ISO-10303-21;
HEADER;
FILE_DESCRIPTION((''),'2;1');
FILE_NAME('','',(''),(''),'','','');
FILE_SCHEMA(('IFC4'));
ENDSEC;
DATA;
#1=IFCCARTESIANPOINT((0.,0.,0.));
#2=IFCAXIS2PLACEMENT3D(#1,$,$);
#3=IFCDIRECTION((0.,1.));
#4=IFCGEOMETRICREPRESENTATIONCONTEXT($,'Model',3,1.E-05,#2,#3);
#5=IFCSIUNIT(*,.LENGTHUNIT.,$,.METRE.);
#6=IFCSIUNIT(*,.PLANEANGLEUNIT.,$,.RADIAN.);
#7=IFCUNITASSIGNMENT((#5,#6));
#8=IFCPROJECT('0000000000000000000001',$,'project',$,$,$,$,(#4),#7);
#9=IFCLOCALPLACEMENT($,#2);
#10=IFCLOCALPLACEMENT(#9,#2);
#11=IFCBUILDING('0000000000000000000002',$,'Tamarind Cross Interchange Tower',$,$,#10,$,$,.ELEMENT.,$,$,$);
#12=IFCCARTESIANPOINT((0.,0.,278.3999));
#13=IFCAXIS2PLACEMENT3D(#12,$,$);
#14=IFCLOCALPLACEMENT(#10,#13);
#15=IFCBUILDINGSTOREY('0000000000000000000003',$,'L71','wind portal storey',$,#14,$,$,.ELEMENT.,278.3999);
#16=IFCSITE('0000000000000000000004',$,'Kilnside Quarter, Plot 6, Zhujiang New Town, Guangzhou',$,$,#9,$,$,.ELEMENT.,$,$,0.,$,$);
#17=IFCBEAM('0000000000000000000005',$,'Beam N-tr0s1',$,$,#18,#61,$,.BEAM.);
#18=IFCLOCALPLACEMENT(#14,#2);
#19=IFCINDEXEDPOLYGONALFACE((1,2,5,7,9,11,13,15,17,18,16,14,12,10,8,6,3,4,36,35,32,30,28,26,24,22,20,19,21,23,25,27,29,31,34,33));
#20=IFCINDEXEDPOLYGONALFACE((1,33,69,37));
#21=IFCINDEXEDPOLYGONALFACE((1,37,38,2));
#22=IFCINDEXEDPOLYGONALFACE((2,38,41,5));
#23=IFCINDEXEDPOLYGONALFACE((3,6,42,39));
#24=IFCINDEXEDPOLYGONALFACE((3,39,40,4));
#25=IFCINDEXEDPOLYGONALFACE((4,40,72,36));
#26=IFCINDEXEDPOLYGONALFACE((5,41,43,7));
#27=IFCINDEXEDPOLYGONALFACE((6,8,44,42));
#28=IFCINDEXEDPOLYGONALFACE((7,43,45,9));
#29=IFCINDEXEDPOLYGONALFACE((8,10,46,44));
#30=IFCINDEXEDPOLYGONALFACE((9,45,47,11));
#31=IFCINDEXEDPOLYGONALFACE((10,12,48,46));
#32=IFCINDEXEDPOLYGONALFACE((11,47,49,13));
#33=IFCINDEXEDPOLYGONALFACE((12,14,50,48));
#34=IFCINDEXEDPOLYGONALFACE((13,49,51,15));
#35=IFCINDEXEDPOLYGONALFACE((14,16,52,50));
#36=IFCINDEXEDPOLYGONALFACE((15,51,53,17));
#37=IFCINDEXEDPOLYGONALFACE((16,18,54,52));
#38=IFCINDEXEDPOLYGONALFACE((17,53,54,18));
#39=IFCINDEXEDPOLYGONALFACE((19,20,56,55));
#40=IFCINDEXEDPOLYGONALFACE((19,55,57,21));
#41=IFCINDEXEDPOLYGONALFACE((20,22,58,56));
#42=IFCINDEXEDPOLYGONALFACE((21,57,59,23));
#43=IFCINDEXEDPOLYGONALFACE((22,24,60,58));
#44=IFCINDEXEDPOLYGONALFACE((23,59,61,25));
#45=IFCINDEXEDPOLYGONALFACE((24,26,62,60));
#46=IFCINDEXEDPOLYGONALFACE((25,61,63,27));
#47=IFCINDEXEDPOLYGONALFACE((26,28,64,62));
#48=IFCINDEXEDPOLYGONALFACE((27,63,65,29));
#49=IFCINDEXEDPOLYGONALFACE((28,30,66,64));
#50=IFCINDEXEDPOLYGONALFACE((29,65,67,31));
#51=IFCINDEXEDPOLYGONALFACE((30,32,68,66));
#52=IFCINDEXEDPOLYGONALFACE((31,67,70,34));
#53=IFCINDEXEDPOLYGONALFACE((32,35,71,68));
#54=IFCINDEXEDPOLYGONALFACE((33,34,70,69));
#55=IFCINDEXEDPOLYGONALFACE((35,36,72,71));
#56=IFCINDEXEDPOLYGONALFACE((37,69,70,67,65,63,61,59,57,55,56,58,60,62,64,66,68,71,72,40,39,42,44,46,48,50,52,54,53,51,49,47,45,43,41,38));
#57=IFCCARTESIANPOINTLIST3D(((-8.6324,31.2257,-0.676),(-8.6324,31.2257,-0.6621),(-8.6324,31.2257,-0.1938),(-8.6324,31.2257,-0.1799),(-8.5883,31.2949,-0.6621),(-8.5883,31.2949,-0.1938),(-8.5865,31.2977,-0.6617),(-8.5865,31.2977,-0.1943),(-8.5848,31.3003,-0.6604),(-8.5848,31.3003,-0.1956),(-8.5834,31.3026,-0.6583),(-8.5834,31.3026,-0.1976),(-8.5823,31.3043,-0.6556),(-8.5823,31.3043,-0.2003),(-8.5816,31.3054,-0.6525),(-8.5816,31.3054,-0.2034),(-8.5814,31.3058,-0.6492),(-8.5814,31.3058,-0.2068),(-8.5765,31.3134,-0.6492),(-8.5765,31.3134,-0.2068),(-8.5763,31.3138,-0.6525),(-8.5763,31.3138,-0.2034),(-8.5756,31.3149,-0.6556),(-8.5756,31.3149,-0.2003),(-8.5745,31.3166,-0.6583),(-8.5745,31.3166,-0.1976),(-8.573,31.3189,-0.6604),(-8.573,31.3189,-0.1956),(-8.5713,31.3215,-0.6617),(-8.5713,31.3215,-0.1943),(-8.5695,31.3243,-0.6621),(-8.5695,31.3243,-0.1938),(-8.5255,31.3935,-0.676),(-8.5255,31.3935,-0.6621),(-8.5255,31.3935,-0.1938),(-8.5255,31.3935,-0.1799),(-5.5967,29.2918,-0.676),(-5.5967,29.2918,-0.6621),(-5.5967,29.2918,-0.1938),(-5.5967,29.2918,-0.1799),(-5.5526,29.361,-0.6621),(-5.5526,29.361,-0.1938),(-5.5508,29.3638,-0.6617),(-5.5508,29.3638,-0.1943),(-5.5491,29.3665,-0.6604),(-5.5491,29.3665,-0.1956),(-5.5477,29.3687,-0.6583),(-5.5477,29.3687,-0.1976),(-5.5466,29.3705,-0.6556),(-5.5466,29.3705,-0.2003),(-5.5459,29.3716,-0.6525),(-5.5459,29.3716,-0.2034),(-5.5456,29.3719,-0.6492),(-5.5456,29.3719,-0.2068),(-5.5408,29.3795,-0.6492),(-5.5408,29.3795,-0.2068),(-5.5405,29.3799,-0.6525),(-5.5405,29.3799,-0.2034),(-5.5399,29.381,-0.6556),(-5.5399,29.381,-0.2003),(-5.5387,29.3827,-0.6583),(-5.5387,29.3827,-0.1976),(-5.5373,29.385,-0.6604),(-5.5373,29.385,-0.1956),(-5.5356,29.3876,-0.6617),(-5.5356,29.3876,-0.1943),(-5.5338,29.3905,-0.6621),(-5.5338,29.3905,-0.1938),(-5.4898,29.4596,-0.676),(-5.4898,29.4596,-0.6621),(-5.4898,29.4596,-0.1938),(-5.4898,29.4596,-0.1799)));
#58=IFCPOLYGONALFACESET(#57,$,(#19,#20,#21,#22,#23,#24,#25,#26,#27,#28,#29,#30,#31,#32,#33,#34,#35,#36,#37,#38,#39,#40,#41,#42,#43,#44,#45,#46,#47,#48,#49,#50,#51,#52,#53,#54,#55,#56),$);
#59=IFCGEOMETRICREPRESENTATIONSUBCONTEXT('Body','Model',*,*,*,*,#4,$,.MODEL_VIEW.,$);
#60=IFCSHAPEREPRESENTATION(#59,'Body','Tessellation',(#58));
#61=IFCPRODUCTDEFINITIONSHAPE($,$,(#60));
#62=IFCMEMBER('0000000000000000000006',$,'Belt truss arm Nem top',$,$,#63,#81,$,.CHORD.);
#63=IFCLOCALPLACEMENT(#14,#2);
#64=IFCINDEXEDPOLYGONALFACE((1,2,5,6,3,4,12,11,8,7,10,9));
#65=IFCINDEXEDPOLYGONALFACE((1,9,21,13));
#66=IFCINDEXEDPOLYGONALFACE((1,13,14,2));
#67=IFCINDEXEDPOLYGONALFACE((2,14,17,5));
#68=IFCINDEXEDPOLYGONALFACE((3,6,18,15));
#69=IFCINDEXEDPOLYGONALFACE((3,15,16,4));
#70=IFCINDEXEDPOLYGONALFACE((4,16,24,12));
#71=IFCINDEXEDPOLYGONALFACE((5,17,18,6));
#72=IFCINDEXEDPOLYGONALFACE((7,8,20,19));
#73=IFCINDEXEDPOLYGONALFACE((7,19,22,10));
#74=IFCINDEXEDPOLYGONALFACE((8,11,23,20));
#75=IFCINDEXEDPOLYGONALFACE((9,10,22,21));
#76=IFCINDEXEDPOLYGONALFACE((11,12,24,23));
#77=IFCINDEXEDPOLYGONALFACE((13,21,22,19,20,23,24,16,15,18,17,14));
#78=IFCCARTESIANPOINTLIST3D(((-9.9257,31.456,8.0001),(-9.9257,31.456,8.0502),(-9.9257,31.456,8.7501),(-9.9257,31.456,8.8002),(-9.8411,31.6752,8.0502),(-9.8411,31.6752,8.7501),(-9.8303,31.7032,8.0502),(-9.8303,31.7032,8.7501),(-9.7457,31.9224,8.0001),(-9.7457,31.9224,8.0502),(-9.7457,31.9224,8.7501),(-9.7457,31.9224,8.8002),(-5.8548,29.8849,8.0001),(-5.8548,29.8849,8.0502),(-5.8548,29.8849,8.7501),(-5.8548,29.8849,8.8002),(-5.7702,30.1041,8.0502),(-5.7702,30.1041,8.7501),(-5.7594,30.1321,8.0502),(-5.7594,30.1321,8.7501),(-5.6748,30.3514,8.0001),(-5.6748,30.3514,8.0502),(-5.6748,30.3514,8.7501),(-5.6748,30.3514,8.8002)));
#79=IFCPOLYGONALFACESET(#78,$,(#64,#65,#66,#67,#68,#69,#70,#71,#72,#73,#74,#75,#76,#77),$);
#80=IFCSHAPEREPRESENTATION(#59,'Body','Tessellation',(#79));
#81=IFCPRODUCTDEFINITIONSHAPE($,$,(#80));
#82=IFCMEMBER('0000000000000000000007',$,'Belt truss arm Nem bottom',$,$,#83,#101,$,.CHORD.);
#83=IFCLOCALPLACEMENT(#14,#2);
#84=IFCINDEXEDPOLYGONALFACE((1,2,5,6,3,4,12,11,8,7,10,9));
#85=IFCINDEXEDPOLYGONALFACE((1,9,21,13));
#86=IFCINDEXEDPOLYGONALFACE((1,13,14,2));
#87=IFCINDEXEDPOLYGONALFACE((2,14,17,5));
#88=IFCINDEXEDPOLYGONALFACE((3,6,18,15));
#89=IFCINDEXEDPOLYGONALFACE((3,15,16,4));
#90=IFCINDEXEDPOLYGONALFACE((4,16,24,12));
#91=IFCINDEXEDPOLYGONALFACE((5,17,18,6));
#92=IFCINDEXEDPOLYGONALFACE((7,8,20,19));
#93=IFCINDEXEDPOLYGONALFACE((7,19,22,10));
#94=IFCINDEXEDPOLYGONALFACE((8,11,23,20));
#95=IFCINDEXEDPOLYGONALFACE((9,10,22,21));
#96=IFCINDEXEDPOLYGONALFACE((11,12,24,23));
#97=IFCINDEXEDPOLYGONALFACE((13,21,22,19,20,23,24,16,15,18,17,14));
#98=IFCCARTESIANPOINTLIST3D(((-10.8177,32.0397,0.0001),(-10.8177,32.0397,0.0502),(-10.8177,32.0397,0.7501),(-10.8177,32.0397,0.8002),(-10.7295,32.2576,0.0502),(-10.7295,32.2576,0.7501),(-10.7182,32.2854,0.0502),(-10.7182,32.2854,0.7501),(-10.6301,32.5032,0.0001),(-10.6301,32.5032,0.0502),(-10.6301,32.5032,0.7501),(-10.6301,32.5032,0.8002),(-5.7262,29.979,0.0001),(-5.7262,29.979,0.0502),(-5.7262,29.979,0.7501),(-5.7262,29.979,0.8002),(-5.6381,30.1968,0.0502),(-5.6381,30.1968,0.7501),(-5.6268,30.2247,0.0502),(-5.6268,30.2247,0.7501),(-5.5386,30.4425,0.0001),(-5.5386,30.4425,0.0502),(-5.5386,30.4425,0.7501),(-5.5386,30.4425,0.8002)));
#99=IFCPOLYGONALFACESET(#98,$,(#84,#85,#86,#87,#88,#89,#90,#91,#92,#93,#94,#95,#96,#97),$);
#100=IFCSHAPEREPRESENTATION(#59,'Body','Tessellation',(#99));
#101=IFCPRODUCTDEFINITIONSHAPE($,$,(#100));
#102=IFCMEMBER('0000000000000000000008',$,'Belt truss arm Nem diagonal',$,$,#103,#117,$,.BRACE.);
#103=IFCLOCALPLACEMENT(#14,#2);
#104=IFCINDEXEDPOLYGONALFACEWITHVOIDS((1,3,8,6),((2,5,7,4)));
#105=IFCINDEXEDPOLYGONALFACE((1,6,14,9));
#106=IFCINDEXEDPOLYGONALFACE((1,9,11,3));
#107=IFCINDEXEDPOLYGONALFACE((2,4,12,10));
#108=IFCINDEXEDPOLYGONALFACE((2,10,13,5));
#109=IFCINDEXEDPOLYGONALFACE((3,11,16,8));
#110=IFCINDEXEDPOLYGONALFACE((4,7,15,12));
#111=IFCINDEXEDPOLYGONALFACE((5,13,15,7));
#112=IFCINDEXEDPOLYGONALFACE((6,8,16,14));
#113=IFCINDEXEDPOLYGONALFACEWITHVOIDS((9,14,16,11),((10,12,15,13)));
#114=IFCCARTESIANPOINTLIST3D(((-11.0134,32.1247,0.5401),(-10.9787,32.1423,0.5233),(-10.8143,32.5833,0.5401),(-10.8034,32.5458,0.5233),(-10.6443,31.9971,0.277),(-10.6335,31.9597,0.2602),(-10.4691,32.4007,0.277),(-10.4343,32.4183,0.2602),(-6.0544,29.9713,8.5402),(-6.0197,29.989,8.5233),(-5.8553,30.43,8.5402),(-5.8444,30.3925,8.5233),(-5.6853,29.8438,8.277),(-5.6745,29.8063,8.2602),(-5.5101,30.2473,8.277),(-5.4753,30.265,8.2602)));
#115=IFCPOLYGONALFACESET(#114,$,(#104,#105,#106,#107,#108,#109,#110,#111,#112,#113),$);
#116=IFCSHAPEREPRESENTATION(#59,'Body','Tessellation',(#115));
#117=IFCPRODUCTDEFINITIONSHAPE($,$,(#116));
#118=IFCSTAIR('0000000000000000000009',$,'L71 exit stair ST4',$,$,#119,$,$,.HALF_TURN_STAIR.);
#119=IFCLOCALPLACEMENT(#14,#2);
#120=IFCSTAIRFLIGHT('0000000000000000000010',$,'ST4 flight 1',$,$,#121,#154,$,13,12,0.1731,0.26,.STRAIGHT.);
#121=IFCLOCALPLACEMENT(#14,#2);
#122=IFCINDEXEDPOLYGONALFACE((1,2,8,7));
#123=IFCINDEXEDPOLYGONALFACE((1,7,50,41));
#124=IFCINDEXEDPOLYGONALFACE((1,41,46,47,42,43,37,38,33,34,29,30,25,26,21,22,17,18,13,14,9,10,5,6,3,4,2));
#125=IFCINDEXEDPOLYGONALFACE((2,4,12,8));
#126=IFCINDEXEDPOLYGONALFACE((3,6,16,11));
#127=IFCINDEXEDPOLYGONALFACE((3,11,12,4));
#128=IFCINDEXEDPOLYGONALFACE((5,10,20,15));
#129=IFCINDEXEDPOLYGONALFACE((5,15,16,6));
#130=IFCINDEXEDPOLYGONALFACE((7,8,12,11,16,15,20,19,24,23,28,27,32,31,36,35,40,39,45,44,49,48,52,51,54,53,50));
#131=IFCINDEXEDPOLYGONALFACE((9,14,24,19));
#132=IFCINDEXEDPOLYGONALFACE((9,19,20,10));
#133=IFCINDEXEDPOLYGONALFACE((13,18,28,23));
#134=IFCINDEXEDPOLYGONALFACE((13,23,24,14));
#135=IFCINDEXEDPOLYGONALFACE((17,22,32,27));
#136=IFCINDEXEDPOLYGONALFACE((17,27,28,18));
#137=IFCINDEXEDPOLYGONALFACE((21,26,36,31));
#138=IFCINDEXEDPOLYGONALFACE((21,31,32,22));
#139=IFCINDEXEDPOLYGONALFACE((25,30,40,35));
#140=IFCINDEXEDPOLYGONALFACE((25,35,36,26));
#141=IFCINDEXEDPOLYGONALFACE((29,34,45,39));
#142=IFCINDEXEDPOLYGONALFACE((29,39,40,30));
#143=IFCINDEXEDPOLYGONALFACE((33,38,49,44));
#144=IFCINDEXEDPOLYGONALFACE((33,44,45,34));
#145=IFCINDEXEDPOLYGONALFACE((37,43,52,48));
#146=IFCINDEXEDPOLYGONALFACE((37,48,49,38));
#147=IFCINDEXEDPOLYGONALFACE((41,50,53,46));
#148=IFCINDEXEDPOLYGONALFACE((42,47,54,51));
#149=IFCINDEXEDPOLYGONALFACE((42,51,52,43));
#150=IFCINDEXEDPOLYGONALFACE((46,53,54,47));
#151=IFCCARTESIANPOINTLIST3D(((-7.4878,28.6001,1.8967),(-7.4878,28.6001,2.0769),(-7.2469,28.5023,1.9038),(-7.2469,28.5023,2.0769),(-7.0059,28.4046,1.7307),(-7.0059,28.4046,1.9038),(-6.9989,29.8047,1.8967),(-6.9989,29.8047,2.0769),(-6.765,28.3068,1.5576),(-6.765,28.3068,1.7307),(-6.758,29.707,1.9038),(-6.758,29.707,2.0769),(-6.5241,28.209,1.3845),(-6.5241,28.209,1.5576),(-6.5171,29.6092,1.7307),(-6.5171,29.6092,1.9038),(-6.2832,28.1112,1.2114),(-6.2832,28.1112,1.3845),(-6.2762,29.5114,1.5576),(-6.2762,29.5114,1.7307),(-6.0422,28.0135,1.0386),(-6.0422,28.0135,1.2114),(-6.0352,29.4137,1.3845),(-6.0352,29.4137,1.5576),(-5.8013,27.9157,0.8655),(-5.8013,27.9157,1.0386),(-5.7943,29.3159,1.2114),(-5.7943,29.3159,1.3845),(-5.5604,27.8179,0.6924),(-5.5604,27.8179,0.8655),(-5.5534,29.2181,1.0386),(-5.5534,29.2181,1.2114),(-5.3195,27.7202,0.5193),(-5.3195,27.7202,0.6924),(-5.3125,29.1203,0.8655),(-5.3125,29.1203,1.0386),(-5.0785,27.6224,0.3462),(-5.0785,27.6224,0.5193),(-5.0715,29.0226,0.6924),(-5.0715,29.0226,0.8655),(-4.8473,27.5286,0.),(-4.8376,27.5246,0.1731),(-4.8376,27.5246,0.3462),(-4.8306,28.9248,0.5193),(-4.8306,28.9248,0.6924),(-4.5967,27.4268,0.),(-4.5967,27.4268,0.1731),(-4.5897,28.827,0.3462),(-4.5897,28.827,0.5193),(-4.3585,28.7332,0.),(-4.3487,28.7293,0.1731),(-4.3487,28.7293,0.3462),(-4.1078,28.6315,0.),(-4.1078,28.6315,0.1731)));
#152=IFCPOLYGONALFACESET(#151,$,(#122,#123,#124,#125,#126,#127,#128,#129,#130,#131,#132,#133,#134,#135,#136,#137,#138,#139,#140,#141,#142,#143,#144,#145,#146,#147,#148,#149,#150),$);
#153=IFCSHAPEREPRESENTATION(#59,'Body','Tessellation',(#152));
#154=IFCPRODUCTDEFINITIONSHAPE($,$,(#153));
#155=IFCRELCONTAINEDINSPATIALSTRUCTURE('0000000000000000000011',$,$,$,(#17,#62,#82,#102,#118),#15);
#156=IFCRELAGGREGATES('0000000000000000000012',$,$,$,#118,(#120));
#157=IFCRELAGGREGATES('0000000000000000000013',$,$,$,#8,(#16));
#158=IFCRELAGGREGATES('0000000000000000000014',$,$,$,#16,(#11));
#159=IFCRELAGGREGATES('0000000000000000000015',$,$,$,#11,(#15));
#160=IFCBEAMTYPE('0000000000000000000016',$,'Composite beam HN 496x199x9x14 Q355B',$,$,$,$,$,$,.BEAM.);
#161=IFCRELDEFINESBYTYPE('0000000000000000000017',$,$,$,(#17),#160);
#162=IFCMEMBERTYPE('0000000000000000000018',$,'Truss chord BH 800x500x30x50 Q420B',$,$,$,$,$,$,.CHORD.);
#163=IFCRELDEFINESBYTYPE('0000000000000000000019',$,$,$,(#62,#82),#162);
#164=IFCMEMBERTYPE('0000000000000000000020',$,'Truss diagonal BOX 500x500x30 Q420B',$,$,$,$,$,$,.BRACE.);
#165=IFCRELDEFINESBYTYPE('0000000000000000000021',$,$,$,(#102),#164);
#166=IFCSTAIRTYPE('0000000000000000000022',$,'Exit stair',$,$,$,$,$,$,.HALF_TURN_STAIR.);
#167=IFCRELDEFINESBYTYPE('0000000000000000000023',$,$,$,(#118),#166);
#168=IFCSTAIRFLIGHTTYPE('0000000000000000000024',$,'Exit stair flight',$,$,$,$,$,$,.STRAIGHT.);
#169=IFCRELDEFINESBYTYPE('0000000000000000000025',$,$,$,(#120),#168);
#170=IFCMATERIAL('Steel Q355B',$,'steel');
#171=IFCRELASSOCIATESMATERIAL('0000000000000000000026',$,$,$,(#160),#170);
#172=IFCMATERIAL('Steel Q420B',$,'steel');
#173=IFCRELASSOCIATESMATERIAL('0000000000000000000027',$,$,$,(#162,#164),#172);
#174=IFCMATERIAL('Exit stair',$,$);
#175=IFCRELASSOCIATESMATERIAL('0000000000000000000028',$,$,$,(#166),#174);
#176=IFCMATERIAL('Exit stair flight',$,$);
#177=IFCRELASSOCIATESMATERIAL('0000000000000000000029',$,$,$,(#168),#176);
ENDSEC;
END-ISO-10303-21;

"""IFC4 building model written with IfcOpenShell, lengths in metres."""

from ifc_helpers import new_model, si_unit, direction, frame, origin, origin_2d, place, context, subcontext, project, spatial, polyline, hollow_rectangle, i_section, outline, extrude, material, material_profile, profile_set, type_object, element, aggregate, save


model = new_model("IFC4")

# Units and contexts
model_context = context("Model", 3, precision=1e-05, world=origin(), true_north=direction((0.0, 1.0)))
body_context = subcontext(model_context, "Body", "Model", "MODEL_VIEW")
ifc_project = project(units=[si_unit("LENGTHUNIT", "METRE"), si_unit("PLANEANGLEUNIT", "RADIAN")], contexts=[model_context])

# Site, building, storey
site_placement = place(None, origin())
site = spatial("IfcSite", under=ifc_project, at=site_placement, Name="Kilnside Quarter, Plot 6, Zhujiang New Town, Guangzhou", CompositionType="ELEMENT", RefElevation=0.0)
building_placement = place(site_placement, origin())
building = spatial("IfcBuilding", under=site, at=building_placement, Name="Tamarind Cross Interchange Tower", CompositionType="ELEMENT")
storey_placement = place(building_placement, frame((0.0, 0.0, 278.3999)))
storey = spatial("IfcBuildingStorey", under=building, at=storey_placement, Name="L71", Description="wind portal storey", CompositionType="ELEMENT", Elevation=278.3999)

# Beam
ifc_material_1 = material(Name="Steel Q355B", Category="steel")
ifc_material_profile_1 = material_profile(ifc_material_1, i_section(OverallWidth=0.199, OverallDepth=0.4961, WebThickness=0.009, FlangeThickness=0.0139, FilletRadius=0.0129, at=origin_2d()), Name="HN 496x199x9x14")
ifc_profile_set_1 = profile_set([ifc_material_profile_1], Name="Steel Q355B")
beam_type_1 = type_object("IfcBeamType", Name="Composite beam HN 496x199x9x14 Q355B", PredefinedType="BEAM", material=ifc_profile_set_1)
beam_1_placement = place(storey_placement, frame((-5.5432, 29.3757, -0.428), z_axis=(-0.843402, 0.537284, 0.0), x_axis=(-0.537284, -0.843402, 0.0)))
element("IfcBeam", 1, at=beam_1_placement, inside=storey, type_object=beam_type_1, Name="Beam N-tr0s1", PredefinedType="BEAM", context=body_context, shape_type="SweptSolid", body=[
    extrude(i_section(OverallWidth=0.199, OverallDepth=0.4961, WebThickness=0.009, FlangeThickness=0.0139, FilletRadius=0.0129, at=origin_2d()), origin(), (0.0, 0.0, 1.0), 3.5994),
])

# Members
ifc_material_2 = material(Name="Steel Q420B", Category="steel")
ifc_material_profile_2 = material_profile(ifc_material_2, i_section(OverallWidth=0.5, OverallDepth=0.8, WebThickness=0.03, FlangeThickness=0.05, at=origin_2d()), Name="BH 800x500x30x50")
ifc_profile_set_2 = profile_set([ifc_material_profile_2], Name="Steel Q420B")
member_type_1 = type_object("IfcMemberType", Name="Truss chord BH 800x500x30x50 Q420B", PredefinedType="CHORD", material=ifc_profile_set_2)
member_1_placement = place(storey_placement, frame((-9.8357, 31.6892, 8.4001), z_axis=(0.932934, -0.360047, 0.0), x_axis=(0.360047, 0.932934, 0.0)))
element("IfcMember", 2, at=member_1_placement, inside=storey, type_object=member_type_1, Name="Belt truss arm Nem top", PredefinedType="CHORD", context=body_context, shape_type="SweptSolid", body=[
    extrude(i_section(OverallWidth=0.5, OverallDepth=0.8, WebThickness=0.03, FlangeThickness=0.05, at=origin_2d()), origin(), (0.0, 0.0, 1.0), 4.3635),
])
member_2_placement = place(storey_placement, frame((-10.7239, 32.2715, 0.4001), z_axis=(0.926952, -0.375181, 0.0), x_axis=(0.375181, 0.926952, 0.0)))
element("IfcMember", 3, at=member_2_placement, inside=storey, type_object=member_type_1, Name="Belt truss arm Nem bottom", PredefinedType="CHORD", context=body_context, shape_type="SweptSolid", body=[
    extrude(i_section(OverallWidth=0.5, OverallDepth=0.8, WebThickness=0.03, FlangeThickness=0.05, at=origin_2d()), origin(), (0.0, 0.0, 1.0), 5.4927),
])
ifc_material_profile_3 = material_profile(ifc_material_2, hollow_rectangle(XDim=0.5, YDim=0.5, WallThickness=0.03, at=origin_2d()), Name="BOX 500x500x30")
ifc_profile_set_3 = profile_set([ifc_material_profile_3], Name="Steel Q420B")
member_type_2 = type_object("IfcMemberType", Name="Truss diagonal BOX 500x500x30 Q420B", PredefinedType="BRACE", material=ifc_profile_set_3)
member_3_placement = place(storey_placement, frame((-10.7239, 32.2715, 0.4001), z_axis=(0.513593, -0.223015, 0.828545), x_axis=(0.398297, 0.917257, 0.0)))
element("IfcMember", 4, at=member_3_placement, inside=storey, type_object=member_type_2, Name="Belt truss arm Nem diagonal", PredefinedType="BRACE", context=body_context, shape_type="SweptSolid", body=[
    extrude(hollow_rectangle(XDim=0.5, YDim=0.5, WallThickness=0.03, at=origin_2d()), origin(), (0.0, 0.0, 1.0), 9.6555),
])

# Stair, stair flight
ifc_material_3 = material(Name="Exit stair")
stair_type = type_object("IfcStairType", Name="Exit stair", PredefinedType="HALF_TURN_STAIR", material=ifc_material_3)
stair_placement = place(storey_placement, origin())
stair = element("IfcStair", 5, at=stair_placement, inside=storey, type_object=stair_type, Name="L71 exit stair ST4", PredefinedType="HALF_TURN_STAIR")
ifc_material_4 = material(Name="Exit stair flight")
stair_flight_type = type_object("IfcStairFlightType", Name="Exit stair flight", PredefinedType="STRAIGHT", material=ifc_material_4)
stair_flight_1_placement = place(storey_placement, frame((-4.3523, 28.0291, 0.0), z_axis=(0.0, 0.0, 1.0), x_axis=(-0.926607, 0.37603, 0.0)))
stair_flight_1 = element("IfcStairFlight", 6, at=stair_flight_1_placement, type_object=stair_flight_type, Name="ST4 flight 1", NumberOfRisers=13, NumberOfTreads=12, PredefinedType="STRAIGHT", RiserHeight=0.1731, TreadLength=0.26, context=body_context, shape_type="SweptSolid", body=[
    extrude(outline(polyline([(0.0, 0.0), (0.0, 0.1731), (0.26, 0.1731), (0.26, 0.3462), (0.52, 0.3462), (0.52, 0.5193), (0.78, 0.5193), (0.78, 0.6924), (1.04, 0.6924), (1.04, 0.8655), (1.3, 0.8655), (1.3, 1.0386), (1.5601, 1.0386), (1.5601, 1.2114), (1.8201, 1.2114), (1.8201, 1.3845), (2.0801, 1.3845), (2.0801, 1.5576), (2.3401, 1.5576), (2.3401, 1.7307), (2.6001, 1.7307), (2.6001, 1.9038), (2.8601, 1.9038), (2.8601, 2.0769), (3.1201, 2.0769), (3.1201, 2.25), (3.1201, 1.8967), (0.2705, 0.0), (0.0, 0.0)])), frame((0.0, 0.6499, 0.0), z_axis=(0.0, -1.0, 0.0), x_axis=(1.0, 0.0, 0.0)), (0.0, 0.0, 1.0), 1.3),
])
aggregate(stair, [stair_flight_1])

save(model, "model.ifc")
